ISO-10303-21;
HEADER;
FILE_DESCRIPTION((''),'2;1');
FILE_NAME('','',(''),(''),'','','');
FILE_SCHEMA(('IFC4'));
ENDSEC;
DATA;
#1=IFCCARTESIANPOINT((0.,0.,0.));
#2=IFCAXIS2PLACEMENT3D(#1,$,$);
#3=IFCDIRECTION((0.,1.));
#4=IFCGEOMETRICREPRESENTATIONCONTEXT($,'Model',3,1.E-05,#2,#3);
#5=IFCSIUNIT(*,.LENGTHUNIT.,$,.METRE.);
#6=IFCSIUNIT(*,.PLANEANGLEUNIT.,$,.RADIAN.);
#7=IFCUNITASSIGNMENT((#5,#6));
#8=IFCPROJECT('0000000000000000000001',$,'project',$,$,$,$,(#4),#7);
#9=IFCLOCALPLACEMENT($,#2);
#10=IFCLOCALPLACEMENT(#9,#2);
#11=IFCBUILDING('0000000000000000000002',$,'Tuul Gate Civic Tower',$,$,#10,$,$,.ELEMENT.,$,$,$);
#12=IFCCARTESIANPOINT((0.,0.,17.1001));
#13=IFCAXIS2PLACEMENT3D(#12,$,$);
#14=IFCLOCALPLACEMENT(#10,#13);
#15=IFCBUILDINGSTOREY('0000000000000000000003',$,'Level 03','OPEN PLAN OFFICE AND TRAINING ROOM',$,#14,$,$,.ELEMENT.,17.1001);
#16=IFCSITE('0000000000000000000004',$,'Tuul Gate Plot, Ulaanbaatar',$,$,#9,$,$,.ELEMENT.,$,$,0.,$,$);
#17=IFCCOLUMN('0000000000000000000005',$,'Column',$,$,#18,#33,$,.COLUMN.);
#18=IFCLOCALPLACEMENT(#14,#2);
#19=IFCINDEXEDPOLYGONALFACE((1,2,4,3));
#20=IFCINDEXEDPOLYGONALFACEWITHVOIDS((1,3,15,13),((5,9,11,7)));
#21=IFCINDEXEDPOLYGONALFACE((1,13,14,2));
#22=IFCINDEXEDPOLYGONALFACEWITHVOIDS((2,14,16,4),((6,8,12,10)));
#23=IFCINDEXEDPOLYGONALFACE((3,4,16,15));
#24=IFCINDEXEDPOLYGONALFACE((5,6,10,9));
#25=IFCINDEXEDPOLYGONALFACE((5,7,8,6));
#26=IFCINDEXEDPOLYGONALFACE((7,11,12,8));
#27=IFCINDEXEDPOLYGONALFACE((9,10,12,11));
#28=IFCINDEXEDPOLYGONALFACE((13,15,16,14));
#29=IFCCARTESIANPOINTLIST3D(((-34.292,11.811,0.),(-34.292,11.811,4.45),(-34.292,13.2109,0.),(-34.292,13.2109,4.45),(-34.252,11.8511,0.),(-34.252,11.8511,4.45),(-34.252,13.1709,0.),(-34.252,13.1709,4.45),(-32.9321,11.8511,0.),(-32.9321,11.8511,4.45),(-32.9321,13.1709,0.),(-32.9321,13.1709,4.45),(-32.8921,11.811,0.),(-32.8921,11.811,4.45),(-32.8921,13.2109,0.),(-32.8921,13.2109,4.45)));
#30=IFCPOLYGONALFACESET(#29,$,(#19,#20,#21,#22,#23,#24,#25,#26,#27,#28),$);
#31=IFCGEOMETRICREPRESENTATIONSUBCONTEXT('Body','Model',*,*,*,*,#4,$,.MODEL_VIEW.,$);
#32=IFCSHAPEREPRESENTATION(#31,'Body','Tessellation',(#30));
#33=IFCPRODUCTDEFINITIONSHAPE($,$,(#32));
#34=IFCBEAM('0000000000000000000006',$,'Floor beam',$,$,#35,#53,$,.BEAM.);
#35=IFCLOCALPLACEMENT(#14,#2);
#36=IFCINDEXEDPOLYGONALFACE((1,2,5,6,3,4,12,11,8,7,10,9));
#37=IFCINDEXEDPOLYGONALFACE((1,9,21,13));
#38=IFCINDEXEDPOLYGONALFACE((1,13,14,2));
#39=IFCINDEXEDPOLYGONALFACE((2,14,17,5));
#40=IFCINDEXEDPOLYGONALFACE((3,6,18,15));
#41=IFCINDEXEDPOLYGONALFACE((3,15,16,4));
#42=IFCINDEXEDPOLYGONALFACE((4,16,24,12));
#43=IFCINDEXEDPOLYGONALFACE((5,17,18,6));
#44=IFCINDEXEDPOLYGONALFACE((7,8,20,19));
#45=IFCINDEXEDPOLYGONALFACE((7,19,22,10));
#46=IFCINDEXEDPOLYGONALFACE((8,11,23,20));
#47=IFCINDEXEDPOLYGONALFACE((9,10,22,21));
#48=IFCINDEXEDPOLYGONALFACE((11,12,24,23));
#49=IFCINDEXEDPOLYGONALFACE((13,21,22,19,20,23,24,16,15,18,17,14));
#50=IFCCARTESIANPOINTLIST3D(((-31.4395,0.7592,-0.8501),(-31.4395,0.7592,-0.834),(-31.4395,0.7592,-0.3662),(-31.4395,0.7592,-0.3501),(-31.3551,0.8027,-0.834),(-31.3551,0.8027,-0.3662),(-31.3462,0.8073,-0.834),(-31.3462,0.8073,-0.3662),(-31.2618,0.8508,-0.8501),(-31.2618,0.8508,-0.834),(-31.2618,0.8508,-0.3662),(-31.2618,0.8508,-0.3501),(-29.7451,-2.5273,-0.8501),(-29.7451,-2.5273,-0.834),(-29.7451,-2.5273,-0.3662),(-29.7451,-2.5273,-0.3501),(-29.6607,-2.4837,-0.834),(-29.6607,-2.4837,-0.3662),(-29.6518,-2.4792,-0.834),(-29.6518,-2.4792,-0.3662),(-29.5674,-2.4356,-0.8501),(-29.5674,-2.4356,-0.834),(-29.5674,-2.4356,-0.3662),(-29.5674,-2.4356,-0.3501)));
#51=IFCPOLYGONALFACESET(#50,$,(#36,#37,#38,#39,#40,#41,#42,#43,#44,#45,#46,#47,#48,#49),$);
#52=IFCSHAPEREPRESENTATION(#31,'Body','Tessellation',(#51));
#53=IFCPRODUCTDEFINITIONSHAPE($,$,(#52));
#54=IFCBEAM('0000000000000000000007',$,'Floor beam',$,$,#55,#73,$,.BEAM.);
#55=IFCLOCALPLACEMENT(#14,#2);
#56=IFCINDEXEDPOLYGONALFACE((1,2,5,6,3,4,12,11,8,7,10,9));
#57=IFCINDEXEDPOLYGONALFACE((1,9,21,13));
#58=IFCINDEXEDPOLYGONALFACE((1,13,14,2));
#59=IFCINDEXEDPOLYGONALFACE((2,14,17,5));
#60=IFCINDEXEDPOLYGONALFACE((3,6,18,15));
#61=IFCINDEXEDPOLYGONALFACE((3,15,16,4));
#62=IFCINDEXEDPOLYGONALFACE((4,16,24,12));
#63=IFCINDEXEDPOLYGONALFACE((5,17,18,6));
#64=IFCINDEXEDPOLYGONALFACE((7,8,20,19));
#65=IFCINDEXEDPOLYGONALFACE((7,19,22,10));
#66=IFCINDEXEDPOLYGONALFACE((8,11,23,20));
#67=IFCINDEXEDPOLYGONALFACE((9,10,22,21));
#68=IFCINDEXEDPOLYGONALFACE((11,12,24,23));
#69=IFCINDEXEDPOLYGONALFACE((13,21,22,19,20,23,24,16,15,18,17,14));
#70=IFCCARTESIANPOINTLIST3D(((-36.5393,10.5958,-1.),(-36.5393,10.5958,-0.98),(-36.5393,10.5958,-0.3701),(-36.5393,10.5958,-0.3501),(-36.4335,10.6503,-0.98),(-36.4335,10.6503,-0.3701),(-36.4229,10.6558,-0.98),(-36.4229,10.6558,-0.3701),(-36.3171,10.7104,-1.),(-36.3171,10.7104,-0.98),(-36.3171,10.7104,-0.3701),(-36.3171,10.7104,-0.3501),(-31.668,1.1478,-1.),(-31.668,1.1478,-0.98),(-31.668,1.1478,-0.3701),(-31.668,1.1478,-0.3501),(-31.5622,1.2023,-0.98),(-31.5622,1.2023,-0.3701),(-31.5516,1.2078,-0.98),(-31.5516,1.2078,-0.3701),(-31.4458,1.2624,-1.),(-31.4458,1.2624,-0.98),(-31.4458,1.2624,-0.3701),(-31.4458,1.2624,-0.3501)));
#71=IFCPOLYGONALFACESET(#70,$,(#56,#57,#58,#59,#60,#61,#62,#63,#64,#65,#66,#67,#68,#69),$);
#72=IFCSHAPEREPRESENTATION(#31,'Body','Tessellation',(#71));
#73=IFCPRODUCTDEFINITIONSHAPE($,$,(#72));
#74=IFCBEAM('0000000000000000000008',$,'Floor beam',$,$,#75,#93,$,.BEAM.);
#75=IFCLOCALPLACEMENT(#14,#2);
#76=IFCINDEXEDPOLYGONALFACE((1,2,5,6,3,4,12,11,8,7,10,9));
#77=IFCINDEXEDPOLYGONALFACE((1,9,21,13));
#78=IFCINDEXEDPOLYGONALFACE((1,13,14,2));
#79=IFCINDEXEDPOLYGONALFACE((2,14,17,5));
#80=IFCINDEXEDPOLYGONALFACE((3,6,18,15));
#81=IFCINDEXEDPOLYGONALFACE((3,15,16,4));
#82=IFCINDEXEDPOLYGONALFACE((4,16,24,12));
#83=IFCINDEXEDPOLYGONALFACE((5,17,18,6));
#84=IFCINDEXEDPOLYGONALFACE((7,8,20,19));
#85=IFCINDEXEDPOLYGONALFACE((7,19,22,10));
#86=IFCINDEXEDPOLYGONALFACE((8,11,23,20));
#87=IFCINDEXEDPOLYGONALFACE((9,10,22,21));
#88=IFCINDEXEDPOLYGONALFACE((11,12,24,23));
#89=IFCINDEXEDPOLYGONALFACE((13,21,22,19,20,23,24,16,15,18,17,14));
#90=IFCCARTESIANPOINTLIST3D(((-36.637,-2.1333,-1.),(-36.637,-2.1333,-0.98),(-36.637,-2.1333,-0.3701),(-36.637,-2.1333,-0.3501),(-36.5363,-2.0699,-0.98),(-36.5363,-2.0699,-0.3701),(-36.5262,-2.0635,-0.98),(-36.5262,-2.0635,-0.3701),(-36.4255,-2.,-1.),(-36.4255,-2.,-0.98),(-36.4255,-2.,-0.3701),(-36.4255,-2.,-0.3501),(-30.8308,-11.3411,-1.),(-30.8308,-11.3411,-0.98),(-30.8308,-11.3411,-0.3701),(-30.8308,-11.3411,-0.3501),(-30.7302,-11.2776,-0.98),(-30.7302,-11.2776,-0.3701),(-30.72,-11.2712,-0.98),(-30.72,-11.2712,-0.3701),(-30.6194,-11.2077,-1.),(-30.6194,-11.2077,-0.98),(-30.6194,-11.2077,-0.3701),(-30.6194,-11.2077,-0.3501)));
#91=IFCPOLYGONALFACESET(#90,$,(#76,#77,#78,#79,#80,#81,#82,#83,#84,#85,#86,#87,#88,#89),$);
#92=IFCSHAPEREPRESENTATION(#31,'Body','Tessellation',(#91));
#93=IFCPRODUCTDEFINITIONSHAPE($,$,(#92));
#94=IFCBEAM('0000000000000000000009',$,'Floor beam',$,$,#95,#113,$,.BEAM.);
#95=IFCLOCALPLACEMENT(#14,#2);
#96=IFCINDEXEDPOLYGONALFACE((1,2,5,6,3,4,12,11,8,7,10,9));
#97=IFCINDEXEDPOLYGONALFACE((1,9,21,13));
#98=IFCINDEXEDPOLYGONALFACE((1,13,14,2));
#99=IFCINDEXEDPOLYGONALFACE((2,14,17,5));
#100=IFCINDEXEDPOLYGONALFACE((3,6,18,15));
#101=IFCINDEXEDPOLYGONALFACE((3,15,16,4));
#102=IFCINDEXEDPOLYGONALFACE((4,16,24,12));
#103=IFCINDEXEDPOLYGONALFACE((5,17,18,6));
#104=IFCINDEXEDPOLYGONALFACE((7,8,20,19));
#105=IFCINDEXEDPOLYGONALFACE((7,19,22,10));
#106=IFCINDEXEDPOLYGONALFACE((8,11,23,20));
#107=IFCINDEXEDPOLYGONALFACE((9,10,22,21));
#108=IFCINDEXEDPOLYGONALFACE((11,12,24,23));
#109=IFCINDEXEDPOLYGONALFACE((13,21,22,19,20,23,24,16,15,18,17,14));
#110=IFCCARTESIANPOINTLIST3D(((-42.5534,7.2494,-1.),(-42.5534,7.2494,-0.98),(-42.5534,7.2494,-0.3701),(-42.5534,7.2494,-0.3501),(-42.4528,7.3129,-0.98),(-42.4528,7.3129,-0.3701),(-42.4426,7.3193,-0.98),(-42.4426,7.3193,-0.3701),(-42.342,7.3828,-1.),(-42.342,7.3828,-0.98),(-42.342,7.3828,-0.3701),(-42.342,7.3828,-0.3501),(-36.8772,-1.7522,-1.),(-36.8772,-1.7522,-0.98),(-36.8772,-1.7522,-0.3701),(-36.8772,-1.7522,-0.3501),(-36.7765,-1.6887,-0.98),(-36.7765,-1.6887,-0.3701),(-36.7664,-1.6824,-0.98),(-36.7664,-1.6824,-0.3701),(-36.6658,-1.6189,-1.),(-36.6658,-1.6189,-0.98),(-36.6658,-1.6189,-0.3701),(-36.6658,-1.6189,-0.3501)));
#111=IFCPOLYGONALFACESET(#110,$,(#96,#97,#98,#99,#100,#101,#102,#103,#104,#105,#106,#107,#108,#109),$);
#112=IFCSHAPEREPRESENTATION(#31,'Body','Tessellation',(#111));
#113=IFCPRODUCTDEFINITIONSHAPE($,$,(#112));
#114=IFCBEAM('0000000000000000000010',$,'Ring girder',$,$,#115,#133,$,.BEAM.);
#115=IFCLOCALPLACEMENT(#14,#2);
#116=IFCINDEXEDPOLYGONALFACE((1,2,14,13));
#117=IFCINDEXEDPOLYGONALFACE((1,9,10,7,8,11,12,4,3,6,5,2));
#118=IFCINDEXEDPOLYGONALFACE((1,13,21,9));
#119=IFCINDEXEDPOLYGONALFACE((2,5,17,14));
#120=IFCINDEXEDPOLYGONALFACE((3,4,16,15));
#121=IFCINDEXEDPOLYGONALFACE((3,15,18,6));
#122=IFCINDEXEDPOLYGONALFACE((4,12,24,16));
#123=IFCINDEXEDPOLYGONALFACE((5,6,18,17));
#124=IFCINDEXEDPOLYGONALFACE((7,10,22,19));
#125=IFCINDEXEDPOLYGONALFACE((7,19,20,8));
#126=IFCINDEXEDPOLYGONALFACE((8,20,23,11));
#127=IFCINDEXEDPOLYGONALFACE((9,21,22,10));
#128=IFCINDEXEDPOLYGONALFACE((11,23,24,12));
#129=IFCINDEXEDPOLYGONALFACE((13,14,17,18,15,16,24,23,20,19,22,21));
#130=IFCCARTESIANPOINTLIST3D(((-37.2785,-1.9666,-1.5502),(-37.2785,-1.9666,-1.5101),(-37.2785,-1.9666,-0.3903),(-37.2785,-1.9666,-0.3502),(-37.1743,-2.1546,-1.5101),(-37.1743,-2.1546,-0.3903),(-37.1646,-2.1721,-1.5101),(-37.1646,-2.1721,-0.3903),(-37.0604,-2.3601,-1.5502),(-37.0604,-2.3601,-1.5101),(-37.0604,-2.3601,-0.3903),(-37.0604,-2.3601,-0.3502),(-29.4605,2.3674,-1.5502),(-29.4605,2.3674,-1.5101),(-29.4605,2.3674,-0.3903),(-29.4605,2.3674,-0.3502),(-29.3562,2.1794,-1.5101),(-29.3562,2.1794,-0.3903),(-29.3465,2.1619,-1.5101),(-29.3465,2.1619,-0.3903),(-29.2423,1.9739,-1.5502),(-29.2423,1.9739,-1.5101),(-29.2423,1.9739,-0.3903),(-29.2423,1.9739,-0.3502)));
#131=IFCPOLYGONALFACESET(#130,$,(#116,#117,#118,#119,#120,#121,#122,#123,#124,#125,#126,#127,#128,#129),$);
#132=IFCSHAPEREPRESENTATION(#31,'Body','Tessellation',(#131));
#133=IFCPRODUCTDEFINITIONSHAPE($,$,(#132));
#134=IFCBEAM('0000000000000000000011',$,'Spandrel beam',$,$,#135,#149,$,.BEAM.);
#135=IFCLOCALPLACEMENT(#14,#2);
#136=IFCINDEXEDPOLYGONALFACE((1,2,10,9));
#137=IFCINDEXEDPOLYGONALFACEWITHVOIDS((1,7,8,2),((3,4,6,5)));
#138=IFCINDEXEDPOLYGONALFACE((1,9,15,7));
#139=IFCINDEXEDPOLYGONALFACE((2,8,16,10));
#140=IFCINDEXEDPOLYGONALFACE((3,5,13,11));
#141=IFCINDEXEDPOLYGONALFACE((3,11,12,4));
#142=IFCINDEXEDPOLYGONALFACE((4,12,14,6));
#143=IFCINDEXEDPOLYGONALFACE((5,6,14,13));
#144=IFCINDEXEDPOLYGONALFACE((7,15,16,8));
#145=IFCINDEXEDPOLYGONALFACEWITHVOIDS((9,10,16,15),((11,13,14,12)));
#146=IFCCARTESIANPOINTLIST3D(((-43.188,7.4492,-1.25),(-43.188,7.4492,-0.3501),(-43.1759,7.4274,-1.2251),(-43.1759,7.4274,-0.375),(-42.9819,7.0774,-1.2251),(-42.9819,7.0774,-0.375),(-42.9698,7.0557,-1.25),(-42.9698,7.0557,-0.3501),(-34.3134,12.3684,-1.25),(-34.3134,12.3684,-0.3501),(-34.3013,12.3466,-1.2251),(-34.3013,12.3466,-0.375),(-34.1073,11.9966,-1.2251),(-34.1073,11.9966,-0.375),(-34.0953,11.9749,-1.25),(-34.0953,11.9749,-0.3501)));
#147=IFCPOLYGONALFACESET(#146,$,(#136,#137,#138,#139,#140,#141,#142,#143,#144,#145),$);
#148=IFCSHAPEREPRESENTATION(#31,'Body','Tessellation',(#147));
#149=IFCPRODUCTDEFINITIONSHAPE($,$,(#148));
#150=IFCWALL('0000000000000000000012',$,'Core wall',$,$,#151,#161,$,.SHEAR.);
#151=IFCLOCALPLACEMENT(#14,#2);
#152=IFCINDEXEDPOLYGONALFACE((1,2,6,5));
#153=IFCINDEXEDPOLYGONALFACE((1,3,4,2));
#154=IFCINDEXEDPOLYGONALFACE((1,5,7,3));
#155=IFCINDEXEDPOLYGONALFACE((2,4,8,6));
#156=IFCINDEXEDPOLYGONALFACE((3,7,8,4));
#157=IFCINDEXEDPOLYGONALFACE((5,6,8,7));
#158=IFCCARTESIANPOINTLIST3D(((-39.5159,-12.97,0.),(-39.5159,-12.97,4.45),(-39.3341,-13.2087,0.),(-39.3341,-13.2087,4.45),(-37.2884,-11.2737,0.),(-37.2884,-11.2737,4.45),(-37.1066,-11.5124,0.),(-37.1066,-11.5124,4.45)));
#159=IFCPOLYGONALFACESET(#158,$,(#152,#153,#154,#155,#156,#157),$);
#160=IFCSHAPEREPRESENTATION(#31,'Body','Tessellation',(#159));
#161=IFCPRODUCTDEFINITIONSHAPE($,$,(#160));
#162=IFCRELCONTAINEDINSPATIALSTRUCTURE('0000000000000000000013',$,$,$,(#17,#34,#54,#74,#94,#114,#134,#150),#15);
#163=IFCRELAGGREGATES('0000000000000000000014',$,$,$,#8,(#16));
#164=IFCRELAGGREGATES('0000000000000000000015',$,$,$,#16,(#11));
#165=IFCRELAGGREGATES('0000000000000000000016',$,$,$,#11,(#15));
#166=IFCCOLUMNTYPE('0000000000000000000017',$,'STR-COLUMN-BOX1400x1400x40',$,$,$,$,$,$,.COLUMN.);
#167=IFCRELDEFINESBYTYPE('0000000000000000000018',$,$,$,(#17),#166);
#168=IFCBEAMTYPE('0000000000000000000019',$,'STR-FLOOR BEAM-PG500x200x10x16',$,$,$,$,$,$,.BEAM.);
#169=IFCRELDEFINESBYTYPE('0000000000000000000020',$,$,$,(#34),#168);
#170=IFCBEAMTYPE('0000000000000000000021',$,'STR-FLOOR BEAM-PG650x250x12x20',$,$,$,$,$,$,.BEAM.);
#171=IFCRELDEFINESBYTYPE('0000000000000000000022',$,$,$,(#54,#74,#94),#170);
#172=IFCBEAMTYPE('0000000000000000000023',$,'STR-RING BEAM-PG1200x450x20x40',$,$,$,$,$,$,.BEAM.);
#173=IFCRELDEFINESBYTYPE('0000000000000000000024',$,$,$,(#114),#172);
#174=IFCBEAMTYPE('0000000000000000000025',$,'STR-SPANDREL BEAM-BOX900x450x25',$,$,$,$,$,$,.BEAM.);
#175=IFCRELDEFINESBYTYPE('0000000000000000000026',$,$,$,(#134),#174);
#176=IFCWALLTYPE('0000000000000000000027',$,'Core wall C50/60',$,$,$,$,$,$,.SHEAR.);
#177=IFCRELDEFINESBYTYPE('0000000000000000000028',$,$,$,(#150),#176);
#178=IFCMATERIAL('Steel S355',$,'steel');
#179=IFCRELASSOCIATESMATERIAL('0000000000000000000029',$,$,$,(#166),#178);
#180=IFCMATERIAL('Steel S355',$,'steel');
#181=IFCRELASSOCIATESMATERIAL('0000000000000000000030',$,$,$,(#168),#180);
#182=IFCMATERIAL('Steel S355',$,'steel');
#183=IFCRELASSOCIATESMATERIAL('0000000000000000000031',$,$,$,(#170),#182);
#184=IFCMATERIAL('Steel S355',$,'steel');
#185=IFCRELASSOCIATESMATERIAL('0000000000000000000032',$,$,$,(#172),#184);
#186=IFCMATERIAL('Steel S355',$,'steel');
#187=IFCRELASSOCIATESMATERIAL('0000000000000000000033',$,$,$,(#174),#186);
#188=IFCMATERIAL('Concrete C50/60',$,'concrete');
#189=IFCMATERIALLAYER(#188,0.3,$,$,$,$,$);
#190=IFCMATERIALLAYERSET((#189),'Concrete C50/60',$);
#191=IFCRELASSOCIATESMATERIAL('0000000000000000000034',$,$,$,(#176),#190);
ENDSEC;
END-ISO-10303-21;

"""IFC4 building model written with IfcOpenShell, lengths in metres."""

from ifc_helpers import new_model, si_unit, direction, frame, frame_2d, origin, origin_2d, place, context, subcontext, project, spatial, rectangle, hollow_rectangle, i_section, extrude, material, layer, layer_set, material_profile, profile_set, type_object, element, save


model = new_model("IFC4")

# Units and contexts
model_context = context("Model", 3, precision=1e-05, world=origin(), true_north=direction((0.0, 1.0)))
body_context = subcontext(model_context, "Body", "Model", "MODEL_VIEW")
ifc_project = project(units=[si_unit("LENGTHUNIT", "METRE"), si_unit("PLANEANGLEUNIT", "RADIAN")], contexts=[model_context])

# Site, building, storey
site_placement = place(None, origin())
site = spatial("IfcSite", under=ifc_project, at=site_placement, Name="Tuul Gate Plot, Ulaanbaatar", CompositionType="ELEMENT", RefElevation=0.0)
building_placement = place(site_placement, origin())
building = spatial("IfcBuilding", under=site, at=building_placement, Name="Tuul Gate Civic Tower", CompositionType="ELEMENT")
storey_placement = place(building_placement, frame((0.0, 0.0, 17.1001)))
storey = spatial("IfcBuildingStorey", under=building, at=storey_placement, Name="Level 03", Description="OPEN PLAN OFFICE AND TRAINING ROOM", CompositionType="ELEMENT", Elevation=17.1001)

# Column
ifc_material_1 = material(Name="Steel S355", Category="steel")
ifc_material_profile_1 = material_profile(ifc_material_1, hollow_rectangle(XDim=1.3999, YDim=1.3999, WallThickness=0.04, at=origin_2d()), Name="BOX1400x1400x40")
ifc_profile_set_1 = profile_set([ifc_material_profile_1], Name="Steel S355")
column_type = type_object("IfcColumnType", Name="STR-COLUMN-BOX1400x1400x40", PredefinedType="COLUMN", material=ifc_profile_set_1)
column_placement = place(storey_placement, frame((-33.592, 12.511, 0.0), z_axis=(0.0, 0.0, 1.0), x_axis=(1.0, 0.0, 0.0)))
element("IfcColumn", 1, at=column_placement, inside=storey, type_object=column_type, Name="Column", PredefinedType="COLUMN", context=body_context, shape_type="SweptSolid", body=[
    extrude(hollow_rectangle(XDim=1.3999, YDim=1.3999, WallThickness=0.04, at=origin_2d()), origin(), (0.0, 0.0, 1.0), 4.45),
])

# Beams
ifc_material_2 = material(Name="Steel S355", Category="steel")
ifc_material_profile_2 = material_profile(ifc_material_2, i_section(OverallWidth=0.2, OverallDepth=0.5, WebThickness=0.01, FlangeThickness=0.0161, at=origin_2d()), Name="PG500x200x10x16")
ifc_profile_set_2 = profile_set([ifc_material_profile_2], Name="Steel S355")
beam_type_1 = type_object("IfcBeamType", Name="STR-FLOOR BEAM-PG500x200x10x16", PredefinedType="BEAM", material=ifc_profile_set_2)
beam_1_placement = place(storey_placement, frame((-29.6562, -2.4814, -0.6001), z_axis=(-0.458246, 0.888825, 0.0), x_axis=(-0.888825, -0.458246, 0.0)))
element("IfcBeam", 2, at=beam_1_placement, inside=storey, type_object=beam_type_1, Name="Floor beam", PredefinedType="BEAM", context=body_context, shape_type="SweptSolid", body=[
    extrude(i_section(OverallWidth=0.2, OverallDepth=0.5, WebThickness=0.01, FlangeThickness=0.0161, at=origin_2d()), origin(), (0.0, 0.0, 1.0), 3.6975),
])
ifc_material_3 = material(Name="Steel S355", Category="steel")
ifc_material_profile_3 = material_profile(ifc_material_3, i_section(OverallWidth=0.25, OverallDepth=0.6499, WebThickness=0.012, FlangeThickness=0.02, at=origin_2d()), Name="PG650x250x12x20")
ifc_profile_set_3 = profile_set([ifc_material_profile_3], Name="Steel S355")
beam_type_2 = type_object("IfcBeamType", Name="STR-FLOOR BEAM-PG650x250x12x20", PredefinedType="BEAM", material=ifc_profile_set_3)
beam_2_placement = place(storey_placement, frame((-31.5569, 1.2051, -0.675), z_axis=(-0.458268, 0.888814, 0.0), x_axis=(-0.888814, -0.458268, 0.0)))
element("IfcBeam", 3, at=beam_2_placement, inside=storey, type_object=beam_type_2, Name="Floor beam", PredefinedType="BEAM", context=body_context, shape_type="SweptSolid", body=[
    extrude(i_section(OverallWidth=0.25, OverallDepth=0.6499, WebThickness=0.012, FlangeThickness=0.02, at=origin_2d()), origin(), (0.0, 0.0, 1.0), 10.6299),
])
beam_3_placement = place(storey_placement, frame((-30.7251, -11.2744, -0.675), z_axis=(-0.533384, 0.845873, 0.0), x_axis=(-0.845873, -0.533384, 0.0)))
element("IfcBeam", 4, at=beam_3_placement, inside=storey, type_object=beam_type_2, Name="Floor beam", PredefinedType="BEAM", context=body_context, shape_type="SweptSolid", body=[
    extrude(i_section(OverallWidth=0.25, OverallDepth=0.6499, WebThickness=0.012, FlangeThickness=0.02, at=origin_2d()), origin(), (0.0, 0.0, 1.0), 10.8855),
])
beam_4_placement = place(storey_placement, frame((-36.7715, -1.6855, -0.675), z_axis=(-0.533387, 0.845871, 0.0), x_axis=(-0.845871, -0.533387, 0.0)))
element("IfcBeam", 5, at=beam_4_placement, inside=storey, type_object=beam_type_2, Name="Floor beam", PredefinedType="BEAM", context=body_context, shape_type="SweptSolid", body=[
    extrude(i_section(OverallWidth=0.25, OverallDepth=0.6499, WebThickness=0.012, FlangeThickness=0.02, at=origin_2d()), origin(), (0.0, 0.0, 1.0), 10.6418),
])
ifc_material_4 = material(Name="Steel S355", Category="steel")
ifc_material_profile_4 = material_profile(ifc_material_4, i_section(OverallWidth=0.45, OverallDepth=1.2, WebThickness=0.02, FlangeThickness=0.04, at=origin_2d()), Name="PG1200x450x20x40")
ifc_profile_set_4 = profile_set([ifc_material_profile_4], Name="Steel S355")
beam_type_3 = type_object("IfcBeamType", Name="STR-RING BEAM-PG1200x450x20x40", PredefinedType="BEAM", material=ifc_profile_set_4)
beam_5_placement = place(storey_placement, frame((-37.1694, -2.1633, -0.9502), z_axis=(0.874604, 0.484838, 0.0), x_axis=(-0.484838, 0.874604, 0.0)))
element("IfcBeam", 6, at=beam_5_placement, inside=storey, type_object=beam_type_3, Name="Ring girder", PredefinedType="BEAM", context=body_context, shape_type="SweptSolid", body=[
    extrude(i_section(OverallWidth=0.45, OverallDepth=1.2, WebThickness=0.02, FlangeThickness=0.04, at=origin_2d()), origin(), (0.0, 0.0, 1.0), 8.939),
])
ifc_material_5 = material(Name="Steel S355", Category="steel")
ifc_material_profile_5 = material_profile(ifc_material_5, hollow_rectangle(XDim=0.45, YDim=0.8999, WallThickness=0.0249, at=origin_2d()), Name="BOX900x450x25")
ifc_profile_set_5 = profile_set([ifc_material_profile_5], Name="Steel S355")
beam_type_4 = type_object("IfcBeamType", Name="STR-SPANDREL BEAM-BOX900x450x25", PredefinedType="BEAM", material=ifc_profile_set_5)
beam_6_placement = place(storey_placement, frame((-34.2043, 12.1716, -0.8), z_axis=(-0.874621, -0.484807, 0.0), x_axis=(0.484807, -0.874621, 0.0)))
element("IfcBeam", 7, at=beam_6_placement, inside=storey, type_object=beam_type_4, Name="Spandrel beam", PredefinedType="BEAM", context=body_context, shape_type="SweptSolid", body=[
    extrude(hollow_rectangle(XDim=0.45, YDim=0.8999, WallThickness=0.0249, at=origin_2d()), origin(), (0.0, 0.0, 1.0), 10.1467),
])

# Wall
ifc_material_6 = material(Name="Concrete C50/60", Category="concrete")
ifc_layer_1 = layer(ifc_material_6, 0.3)
ifc_layer_set_1 = layer_set([ifc_layer_1], Name="Concrete C50/60")
wall_type_1 = type_object("IfcWallType", Name="Core wall C50/60", PredefinedType="SHEAR", material=ifc_layer_set_1)
wall_1_placement = place(storey_placement, frame((-37.1975, -11.3931, 0.0), z_axis=(0.0, 0.0, 1.0), x_axis=(-0.795584, -0.605844, 0.0)))
element("IfcWall", 8, at=wall_1_placement, inside=storey, type_object=wall_type_1, Name="Core wall", PredefinedType="SHEAR", context=body_context, shape_type="SweptSolid", body=[
    extrude(rectangle(XDim=2.7998, YDim=0.3, at=frame_2d((1.3999, 0.0))), origin(), (0.0, 0.0, 1.0), 4.45),
])

save(model, "model.ifc")
